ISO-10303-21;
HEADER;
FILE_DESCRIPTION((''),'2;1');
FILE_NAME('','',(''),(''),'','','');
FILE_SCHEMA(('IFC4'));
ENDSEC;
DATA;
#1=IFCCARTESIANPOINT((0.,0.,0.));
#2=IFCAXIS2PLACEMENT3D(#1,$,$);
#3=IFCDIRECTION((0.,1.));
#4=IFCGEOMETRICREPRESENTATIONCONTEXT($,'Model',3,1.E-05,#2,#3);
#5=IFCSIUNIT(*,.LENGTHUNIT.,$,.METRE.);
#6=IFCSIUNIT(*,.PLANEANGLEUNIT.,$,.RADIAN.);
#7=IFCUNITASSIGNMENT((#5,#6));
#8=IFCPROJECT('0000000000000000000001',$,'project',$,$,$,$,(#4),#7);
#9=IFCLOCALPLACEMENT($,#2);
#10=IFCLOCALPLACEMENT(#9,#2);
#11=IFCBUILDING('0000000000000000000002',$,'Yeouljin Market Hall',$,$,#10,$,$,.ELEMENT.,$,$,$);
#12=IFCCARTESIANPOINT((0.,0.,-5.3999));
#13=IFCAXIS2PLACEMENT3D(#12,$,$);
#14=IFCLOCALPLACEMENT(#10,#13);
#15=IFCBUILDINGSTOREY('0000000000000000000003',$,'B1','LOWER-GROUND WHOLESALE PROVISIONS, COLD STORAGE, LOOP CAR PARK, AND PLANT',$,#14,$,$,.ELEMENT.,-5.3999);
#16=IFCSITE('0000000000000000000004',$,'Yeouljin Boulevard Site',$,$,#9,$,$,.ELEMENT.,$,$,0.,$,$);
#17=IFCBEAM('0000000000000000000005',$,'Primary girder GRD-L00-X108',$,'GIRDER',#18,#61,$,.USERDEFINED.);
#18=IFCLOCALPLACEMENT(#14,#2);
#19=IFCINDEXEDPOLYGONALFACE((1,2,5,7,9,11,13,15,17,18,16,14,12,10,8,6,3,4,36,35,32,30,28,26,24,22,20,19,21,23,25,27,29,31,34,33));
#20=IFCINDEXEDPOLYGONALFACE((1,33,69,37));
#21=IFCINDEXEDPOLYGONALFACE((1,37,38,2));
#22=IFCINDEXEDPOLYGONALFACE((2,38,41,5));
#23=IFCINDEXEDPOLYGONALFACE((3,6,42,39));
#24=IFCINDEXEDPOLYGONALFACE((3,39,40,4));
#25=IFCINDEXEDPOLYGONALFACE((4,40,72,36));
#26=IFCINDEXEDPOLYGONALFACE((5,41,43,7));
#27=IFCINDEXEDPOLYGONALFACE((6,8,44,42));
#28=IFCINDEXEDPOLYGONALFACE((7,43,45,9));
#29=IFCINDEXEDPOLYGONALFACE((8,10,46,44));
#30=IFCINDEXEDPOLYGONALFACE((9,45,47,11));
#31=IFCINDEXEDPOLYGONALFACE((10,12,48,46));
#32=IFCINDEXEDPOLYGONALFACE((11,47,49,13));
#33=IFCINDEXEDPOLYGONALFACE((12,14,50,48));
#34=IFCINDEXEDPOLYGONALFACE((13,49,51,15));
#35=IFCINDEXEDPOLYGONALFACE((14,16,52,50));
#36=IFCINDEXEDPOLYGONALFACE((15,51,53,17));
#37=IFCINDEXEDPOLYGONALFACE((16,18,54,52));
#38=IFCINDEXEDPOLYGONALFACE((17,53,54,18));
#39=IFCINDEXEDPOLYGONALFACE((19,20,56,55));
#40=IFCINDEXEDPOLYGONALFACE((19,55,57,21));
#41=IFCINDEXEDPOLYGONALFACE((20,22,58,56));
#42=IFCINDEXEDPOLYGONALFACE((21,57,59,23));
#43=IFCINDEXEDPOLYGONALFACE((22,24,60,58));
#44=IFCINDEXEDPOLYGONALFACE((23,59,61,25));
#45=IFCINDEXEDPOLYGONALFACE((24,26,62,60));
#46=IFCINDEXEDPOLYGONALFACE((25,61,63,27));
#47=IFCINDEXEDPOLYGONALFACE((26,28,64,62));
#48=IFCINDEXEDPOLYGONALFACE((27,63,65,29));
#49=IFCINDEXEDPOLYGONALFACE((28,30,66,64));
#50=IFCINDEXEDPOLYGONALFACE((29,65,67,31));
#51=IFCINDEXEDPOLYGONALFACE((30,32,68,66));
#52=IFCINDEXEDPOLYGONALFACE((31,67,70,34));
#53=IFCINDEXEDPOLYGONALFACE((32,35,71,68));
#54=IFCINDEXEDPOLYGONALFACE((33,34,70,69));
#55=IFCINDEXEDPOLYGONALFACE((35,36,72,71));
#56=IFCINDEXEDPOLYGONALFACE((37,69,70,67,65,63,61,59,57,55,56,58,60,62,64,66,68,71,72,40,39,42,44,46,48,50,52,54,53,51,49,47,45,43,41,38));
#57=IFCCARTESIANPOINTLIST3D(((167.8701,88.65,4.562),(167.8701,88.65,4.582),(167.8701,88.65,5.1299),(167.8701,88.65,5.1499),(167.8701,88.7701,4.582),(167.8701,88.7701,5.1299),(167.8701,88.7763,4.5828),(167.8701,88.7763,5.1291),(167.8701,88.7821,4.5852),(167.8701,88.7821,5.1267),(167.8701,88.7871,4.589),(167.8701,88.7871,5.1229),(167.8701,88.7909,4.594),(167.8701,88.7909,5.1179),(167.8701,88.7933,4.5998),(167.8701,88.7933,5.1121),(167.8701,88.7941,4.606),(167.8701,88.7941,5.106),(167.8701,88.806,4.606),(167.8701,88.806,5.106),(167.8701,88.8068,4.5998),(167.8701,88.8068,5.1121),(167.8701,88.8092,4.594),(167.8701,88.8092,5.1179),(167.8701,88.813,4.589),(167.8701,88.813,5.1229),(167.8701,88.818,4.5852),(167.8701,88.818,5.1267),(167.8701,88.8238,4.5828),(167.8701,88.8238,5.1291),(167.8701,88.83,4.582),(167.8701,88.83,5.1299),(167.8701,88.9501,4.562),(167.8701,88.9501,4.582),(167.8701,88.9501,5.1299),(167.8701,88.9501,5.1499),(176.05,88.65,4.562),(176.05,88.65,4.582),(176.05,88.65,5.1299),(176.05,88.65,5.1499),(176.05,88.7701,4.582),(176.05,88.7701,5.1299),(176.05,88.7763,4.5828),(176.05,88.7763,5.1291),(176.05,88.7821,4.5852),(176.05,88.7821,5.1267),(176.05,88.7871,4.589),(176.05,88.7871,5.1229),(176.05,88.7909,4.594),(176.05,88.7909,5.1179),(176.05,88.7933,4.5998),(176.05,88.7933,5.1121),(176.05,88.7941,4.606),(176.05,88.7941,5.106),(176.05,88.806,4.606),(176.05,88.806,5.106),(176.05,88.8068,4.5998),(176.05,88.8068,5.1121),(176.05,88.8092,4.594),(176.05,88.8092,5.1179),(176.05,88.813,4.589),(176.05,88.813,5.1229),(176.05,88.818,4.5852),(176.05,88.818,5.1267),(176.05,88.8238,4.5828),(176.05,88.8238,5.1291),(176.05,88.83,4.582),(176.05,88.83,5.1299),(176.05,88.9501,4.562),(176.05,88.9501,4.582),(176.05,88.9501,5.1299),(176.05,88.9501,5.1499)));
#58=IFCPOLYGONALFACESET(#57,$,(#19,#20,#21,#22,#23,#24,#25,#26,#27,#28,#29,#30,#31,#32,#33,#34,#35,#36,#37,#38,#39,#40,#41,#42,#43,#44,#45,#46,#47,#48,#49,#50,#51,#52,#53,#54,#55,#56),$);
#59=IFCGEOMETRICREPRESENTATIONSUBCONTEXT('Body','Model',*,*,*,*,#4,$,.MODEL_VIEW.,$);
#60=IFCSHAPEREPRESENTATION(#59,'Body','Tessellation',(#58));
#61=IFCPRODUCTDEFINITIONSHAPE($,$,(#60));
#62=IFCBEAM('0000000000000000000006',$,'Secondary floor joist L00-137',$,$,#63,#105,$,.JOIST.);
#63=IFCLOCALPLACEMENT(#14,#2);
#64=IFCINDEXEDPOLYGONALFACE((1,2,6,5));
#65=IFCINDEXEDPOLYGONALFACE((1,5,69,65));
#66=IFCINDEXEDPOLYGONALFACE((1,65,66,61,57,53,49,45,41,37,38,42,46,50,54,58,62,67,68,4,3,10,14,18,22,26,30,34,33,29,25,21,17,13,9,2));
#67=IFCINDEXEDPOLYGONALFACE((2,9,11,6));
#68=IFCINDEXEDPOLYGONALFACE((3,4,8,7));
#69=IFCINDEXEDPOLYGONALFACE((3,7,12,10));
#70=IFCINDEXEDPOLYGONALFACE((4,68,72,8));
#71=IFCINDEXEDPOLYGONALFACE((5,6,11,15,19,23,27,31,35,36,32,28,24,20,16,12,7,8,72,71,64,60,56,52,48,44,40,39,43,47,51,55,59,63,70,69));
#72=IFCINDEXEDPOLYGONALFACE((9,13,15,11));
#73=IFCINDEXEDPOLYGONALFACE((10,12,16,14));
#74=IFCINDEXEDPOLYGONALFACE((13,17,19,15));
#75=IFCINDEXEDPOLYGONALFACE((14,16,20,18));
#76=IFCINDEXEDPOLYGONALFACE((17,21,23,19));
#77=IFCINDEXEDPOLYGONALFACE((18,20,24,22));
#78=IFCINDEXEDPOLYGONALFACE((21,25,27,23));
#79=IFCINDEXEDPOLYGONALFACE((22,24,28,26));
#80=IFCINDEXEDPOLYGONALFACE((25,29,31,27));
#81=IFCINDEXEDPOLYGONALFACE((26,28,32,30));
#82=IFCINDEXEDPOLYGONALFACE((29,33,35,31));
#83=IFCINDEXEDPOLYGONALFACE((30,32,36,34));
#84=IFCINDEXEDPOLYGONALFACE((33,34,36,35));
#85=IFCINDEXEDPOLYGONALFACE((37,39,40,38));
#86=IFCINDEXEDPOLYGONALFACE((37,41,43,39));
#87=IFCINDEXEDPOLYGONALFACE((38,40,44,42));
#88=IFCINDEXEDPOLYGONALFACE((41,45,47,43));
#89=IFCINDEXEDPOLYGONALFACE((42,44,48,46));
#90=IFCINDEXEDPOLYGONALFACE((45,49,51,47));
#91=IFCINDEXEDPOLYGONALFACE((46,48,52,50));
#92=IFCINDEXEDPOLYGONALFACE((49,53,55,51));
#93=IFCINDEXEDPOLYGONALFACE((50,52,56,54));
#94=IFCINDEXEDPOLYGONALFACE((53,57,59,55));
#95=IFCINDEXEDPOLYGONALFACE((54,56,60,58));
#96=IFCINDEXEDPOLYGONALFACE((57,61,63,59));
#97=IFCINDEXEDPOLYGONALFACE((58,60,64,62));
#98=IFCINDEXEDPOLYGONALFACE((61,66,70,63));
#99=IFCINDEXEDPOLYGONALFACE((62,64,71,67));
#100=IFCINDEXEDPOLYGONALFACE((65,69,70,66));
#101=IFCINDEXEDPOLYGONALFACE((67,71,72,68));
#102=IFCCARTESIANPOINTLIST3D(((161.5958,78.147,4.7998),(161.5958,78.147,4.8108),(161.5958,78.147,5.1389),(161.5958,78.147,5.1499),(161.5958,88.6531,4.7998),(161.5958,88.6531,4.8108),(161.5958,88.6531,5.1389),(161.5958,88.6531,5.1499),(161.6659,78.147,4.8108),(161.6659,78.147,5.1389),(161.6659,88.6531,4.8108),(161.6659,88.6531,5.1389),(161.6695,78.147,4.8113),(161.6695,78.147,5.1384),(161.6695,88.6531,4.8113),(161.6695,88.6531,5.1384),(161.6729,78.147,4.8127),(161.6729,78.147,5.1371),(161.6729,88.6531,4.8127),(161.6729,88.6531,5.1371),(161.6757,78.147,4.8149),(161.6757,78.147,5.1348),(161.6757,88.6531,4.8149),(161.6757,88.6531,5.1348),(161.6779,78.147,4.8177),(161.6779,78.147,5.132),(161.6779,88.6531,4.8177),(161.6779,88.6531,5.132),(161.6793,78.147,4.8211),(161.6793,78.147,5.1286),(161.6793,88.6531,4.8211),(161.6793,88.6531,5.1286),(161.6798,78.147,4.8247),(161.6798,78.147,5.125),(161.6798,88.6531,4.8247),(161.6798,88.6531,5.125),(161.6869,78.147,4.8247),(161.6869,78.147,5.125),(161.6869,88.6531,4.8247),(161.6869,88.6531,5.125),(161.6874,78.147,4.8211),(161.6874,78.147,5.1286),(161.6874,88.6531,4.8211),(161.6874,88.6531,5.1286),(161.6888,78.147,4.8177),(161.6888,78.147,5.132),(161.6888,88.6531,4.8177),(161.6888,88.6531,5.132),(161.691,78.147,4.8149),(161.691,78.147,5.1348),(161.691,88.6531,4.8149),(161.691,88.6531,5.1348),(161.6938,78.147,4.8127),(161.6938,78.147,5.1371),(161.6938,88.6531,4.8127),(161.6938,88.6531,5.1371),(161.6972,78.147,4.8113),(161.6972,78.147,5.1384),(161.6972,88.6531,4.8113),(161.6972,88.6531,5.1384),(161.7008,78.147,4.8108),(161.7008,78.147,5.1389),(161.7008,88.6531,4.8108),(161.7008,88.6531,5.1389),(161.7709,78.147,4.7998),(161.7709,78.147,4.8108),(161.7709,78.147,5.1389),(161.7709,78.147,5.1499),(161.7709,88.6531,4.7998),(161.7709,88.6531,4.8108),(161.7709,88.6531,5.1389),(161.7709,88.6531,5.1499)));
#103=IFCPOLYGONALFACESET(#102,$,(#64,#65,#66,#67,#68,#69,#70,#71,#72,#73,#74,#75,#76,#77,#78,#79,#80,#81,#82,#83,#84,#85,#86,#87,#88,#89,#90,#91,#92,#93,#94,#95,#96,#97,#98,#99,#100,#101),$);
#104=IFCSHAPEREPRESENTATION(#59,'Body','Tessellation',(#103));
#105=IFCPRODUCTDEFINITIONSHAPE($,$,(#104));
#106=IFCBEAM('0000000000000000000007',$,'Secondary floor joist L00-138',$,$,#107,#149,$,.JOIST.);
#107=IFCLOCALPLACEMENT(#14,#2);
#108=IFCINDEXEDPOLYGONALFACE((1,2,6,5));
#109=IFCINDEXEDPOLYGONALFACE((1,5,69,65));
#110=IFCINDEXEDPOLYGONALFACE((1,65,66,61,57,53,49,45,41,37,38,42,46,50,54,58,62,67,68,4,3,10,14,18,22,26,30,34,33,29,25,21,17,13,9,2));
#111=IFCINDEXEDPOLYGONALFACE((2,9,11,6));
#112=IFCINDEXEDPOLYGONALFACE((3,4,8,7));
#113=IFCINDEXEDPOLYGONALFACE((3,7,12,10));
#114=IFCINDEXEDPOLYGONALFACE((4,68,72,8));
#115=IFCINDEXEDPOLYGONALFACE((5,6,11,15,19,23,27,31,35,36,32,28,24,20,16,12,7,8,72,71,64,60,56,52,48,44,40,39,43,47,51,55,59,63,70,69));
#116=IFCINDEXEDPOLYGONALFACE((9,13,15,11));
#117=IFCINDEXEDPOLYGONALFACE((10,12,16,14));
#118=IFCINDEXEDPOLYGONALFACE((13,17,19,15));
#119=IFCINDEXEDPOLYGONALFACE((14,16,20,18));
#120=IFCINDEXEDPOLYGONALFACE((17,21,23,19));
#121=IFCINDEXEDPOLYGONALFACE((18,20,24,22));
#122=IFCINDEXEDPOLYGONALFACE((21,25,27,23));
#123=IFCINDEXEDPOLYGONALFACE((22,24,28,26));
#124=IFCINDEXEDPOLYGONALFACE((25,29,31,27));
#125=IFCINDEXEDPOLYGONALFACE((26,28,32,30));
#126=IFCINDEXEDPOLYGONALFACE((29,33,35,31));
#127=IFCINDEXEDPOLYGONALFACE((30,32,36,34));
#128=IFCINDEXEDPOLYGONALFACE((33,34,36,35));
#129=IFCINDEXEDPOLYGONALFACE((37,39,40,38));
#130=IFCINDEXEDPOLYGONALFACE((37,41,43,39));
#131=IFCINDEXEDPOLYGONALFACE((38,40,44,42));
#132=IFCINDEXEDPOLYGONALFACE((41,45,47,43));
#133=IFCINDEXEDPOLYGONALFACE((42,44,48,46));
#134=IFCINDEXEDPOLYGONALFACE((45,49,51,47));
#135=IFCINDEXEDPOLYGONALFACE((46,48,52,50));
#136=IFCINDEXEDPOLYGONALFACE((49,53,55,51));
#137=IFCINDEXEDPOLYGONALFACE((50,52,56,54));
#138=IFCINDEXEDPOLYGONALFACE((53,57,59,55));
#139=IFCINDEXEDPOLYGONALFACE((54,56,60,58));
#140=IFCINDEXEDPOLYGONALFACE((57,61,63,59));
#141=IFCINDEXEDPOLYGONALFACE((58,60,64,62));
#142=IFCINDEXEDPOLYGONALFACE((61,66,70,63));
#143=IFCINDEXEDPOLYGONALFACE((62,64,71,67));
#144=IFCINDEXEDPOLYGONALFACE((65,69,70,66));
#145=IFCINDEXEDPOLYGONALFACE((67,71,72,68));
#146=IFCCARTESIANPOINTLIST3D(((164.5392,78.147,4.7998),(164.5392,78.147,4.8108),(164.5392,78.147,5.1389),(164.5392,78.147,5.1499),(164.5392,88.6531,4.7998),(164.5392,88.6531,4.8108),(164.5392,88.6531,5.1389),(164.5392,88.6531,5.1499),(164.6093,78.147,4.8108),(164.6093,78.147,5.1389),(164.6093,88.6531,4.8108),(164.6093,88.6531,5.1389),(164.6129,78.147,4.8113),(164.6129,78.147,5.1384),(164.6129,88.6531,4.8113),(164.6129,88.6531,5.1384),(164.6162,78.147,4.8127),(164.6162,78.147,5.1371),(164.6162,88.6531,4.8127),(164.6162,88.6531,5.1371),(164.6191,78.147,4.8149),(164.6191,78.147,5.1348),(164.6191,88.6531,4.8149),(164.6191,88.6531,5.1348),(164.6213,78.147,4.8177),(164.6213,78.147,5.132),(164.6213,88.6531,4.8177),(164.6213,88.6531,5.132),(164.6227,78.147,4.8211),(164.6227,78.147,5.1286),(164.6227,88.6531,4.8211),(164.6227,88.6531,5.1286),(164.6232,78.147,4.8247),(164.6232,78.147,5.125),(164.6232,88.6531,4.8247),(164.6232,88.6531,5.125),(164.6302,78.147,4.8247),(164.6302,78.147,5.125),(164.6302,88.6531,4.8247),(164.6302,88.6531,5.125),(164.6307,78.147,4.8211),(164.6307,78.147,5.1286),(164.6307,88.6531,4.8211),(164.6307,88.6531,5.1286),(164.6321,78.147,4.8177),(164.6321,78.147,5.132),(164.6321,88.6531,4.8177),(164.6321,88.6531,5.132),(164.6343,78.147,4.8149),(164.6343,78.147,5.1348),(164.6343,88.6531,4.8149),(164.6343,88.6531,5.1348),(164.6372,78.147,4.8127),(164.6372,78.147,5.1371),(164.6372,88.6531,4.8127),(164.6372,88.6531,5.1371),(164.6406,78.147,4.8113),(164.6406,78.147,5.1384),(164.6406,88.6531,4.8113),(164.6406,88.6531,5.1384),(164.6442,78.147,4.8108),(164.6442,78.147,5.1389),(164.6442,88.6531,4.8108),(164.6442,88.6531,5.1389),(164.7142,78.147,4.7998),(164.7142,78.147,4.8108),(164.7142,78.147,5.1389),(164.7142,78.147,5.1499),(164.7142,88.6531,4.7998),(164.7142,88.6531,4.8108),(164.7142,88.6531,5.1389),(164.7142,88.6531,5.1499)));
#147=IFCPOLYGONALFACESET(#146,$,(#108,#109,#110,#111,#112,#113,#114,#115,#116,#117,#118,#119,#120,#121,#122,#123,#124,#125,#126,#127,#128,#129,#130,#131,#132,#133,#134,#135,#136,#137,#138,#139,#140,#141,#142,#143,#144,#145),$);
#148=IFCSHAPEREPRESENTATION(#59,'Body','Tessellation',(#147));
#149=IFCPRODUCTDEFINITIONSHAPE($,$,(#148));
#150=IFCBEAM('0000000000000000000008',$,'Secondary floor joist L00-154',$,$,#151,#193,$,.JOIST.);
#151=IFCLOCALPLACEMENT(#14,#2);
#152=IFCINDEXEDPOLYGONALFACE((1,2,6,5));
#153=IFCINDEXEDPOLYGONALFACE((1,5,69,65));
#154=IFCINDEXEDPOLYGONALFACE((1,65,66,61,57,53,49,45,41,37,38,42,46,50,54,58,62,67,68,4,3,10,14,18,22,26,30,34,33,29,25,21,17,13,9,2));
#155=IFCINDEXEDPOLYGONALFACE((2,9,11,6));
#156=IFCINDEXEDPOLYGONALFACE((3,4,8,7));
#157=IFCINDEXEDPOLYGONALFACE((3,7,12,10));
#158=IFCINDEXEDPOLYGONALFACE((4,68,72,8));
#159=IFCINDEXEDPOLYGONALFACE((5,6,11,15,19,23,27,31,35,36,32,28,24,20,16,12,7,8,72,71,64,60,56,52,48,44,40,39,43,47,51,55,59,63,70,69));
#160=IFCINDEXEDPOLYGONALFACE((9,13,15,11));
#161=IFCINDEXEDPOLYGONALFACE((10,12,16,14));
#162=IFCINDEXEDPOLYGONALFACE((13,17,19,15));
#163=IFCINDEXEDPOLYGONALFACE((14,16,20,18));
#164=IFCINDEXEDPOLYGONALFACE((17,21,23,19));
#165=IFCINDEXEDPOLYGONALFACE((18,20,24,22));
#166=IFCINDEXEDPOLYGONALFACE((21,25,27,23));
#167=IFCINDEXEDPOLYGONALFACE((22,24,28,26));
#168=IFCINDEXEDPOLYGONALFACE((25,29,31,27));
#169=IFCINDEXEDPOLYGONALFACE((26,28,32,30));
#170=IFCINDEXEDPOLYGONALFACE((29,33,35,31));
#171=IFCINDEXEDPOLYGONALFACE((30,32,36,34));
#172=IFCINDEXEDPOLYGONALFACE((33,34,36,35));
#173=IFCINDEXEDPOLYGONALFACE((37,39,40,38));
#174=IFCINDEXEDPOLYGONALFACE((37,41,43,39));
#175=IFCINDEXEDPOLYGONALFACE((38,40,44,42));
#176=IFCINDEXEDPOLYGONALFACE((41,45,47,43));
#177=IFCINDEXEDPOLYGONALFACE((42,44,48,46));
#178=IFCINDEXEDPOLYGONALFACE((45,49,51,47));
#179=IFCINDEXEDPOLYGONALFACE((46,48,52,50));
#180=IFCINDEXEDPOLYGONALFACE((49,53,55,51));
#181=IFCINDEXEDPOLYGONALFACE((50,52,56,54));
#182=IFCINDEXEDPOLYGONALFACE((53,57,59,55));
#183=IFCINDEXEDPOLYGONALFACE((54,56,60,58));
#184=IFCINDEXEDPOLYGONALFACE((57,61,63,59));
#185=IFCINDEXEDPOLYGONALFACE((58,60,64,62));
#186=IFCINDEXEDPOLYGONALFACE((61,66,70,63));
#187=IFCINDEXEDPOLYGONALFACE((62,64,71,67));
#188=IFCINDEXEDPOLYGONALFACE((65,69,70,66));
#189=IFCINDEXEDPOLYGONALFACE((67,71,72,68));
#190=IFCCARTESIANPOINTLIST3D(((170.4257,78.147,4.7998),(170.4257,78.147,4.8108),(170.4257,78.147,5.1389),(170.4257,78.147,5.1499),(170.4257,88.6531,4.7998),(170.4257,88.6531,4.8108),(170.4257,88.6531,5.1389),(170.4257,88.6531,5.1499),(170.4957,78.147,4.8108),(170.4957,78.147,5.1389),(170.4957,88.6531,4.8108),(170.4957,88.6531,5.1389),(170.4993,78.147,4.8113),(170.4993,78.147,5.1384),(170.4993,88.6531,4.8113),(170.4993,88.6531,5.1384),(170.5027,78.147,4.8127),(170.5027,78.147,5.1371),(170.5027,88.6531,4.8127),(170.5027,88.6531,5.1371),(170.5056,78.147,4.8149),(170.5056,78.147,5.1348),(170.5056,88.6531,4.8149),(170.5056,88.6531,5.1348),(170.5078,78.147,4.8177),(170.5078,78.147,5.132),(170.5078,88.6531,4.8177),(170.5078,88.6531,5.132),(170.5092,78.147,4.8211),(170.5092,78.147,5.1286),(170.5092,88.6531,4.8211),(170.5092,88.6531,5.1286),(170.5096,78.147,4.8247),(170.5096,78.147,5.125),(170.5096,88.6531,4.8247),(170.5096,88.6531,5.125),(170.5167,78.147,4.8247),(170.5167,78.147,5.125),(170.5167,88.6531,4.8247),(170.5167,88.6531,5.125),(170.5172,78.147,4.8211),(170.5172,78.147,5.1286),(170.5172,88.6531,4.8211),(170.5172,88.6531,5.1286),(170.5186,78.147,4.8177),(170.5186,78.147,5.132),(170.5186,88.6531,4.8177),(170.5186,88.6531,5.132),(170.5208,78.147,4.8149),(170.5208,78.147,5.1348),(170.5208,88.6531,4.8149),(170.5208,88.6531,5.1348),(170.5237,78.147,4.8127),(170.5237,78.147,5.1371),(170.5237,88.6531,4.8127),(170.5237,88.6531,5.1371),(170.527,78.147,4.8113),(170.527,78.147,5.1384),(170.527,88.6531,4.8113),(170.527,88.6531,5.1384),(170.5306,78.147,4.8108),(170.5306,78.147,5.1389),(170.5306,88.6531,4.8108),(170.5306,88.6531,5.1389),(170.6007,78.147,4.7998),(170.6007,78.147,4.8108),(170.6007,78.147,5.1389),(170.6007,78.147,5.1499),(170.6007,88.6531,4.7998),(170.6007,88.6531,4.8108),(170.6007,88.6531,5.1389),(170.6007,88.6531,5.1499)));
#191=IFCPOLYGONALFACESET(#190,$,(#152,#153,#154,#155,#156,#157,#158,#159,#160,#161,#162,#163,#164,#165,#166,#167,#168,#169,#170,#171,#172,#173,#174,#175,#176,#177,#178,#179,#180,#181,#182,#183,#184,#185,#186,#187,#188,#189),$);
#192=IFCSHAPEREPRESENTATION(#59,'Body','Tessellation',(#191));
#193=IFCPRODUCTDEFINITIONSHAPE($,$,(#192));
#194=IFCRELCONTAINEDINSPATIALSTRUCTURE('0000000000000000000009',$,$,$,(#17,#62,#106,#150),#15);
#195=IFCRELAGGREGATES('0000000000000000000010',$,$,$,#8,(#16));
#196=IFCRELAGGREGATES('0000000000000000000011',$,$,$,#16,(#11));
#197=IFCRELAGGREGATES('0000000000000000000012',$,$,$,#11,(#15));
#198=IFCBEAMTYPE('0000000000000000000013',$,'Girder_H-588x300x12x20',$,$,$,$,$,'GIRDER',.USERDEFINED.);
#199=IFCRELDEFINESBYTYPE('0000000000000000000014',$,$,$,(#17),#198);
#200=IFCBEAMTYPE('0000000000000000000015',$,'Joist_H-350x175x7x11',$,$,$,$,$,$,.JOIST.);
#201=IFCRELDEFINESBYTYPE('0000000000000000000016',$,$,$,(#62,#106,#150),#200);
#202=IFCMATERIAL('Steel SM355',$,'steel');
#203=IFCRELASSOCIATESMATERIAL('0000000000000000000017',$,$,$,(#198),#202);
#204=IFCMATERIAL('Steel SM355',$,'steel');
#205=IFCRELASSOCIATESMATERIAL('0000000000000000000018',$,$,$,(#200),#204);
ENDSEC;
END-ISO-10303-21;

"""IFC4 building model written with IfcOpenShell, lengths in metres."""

from ifc_helpers import new_model, si_unit, direction, frame, origin, origin_2d, place, context, subcontext, project, spatial, i_section, extrude, material, material_profile, profile_set, type_object, element, save


model = new_model("IFC4")

# Units and contexts
model_context = context("Model", 3, precision=1e-05, world=origin(), true_north=direction((0.0, 1.0)))
body_context = subcontext(model_context, "Body", "Model", "MODEL_VIEW")
ifc_project = project(units=[si_unit("LENGTHUNIT", "METRE"), si_unit("PLANEANGLEUNIT", "RADIAN")], contexts=[model_context])

# Site, building, storey
site_placement = place(None, origin())
site = spatial("IfcSite", under=ifc_project, at=site_placement, Name="Yeouljin Boulevard Site", CompositionType="ELEMENT", RefElevation=0.0)
building_placement = place(site_placement, origin())
building = spatial("IfcBuilding", under=site, at=building_placement, Name="Yeouljin Market Hall", CompositionType="ELEMENT")
storey_placement = place(building_placement, frame((0.0, 0.0, -5.3999)))
storey = spatial("IfcBuildingStorey", under=building, at=storey_placement, Name="B1", Description="LOWER-GROUND WHOLESALE PROVISIONS, COLD STORAGE, LOOP CAR PARK, AND PLANT", CompositionType="ELEMENT", Elevation=-5.3999)

# Beams
ifc_material_1 = material(Name="Steel SM355", Category="steel")
ifc_material_profile_1 = material_profile(ifc_material_1, i_section(OverallWidth=0.3, OverallDepth=0.5879, WebThickness=0.012, FlangeThickness=0.02, FilletRadius=0.0239, at=origin_2d()), Name="H-588x300x12x20")
ifc_profile_set_1 = profile_set([ifc_material_profile_1], Name="Steel SM355")
beam_type_1 = type_object("IfcBeamType", Name="Girder_H-588x300x12x20", ElementType="GIRDER", PredefinedType="USERDEFINED", material=ifc_profile_set_1)
beam_1_placement = place(storey_placement, frame((167.8701, 88.8, 4.856), z_axis=(1.0, 0.0, 0.0), x_axis=(0.0, 1.0, 0.0)))
element("IfcBeam", 1, at=beam_1_placement, inside=storey, type_object=beam_type_1, Name="Primary girder GRD-L00-X108", ObjectType="GIRDER", PredefinedType="USERDEFINED", context=body_context, shape_type="SweptSolid", body=[
    extrude(i_section(OverallWidth=0.3, OverallDepth=0.5879, WebThickness=0.012, FlangeThickness=0.02, FilletRadius=0.0239, at=origin_2d()), origin(), (0.0, 0.0, 1.0), 8.1799),
])
ifc_material_2 = material(Name="Steel SM355", Category="steel")
ifc_material_profile_2 = material_profile(ifc_material_2, i_section(OverallWidth=0.175, OverallDepth=0.3501, WebThickness=0.0071, FlangeThickness=0.011, FilletRadius=0.0139, at=origin_2d()), Name="H-350x175x7x11")
ifc_profile_set_2 = profile_set([ifc_material_profile_2], Name="Steel SM355")
beam_type_2 = type_object("IfcBeamType", Name="Joist_H-350x175x7x11", PredefinedType="JOIST", material=ifc_profile_set_2)
for number, where, z_axis, x_axis, name in (
    (2, (161.6833, 78.147, 4.9749), (0.0, 1.0, 0.0), (-1.0, 0.0, 0.0), "Secondary floor joist L00-137"),
    (3, (164.6267, 78.147, 4.9749), (0.0, 1.0, 0.0), (-1.0, 0.0, 0.0), "Secondary floor joist L00-138"),
    (4, (170.5132, 78.147, 4.9749), (0.0, 1.0, 0.0), (-1.0, 0.0, 0.0), "Secondary floor joist L00-154"),
):
    element("IfcBeam", number, at=place(storey_placement, frame(where, z_axis=z_axis, x_axis=x_axis)), inside=storey, type_object=beam_type_2, Name=name, PredefinedType="JOIST", context=body_context, shape_type="SweptSolid", body=[
        extrude(i_section(OverallWidth=0.175, OverallDepth=0.3501, WebThickness=0.0071, FlangeThickness=0.011, FilletRadius=0.0139, at=origin_2d()), origin(), (0.0, 0.0, 1.0), 10.5061),
    ])

save(model, "model.ifc")
